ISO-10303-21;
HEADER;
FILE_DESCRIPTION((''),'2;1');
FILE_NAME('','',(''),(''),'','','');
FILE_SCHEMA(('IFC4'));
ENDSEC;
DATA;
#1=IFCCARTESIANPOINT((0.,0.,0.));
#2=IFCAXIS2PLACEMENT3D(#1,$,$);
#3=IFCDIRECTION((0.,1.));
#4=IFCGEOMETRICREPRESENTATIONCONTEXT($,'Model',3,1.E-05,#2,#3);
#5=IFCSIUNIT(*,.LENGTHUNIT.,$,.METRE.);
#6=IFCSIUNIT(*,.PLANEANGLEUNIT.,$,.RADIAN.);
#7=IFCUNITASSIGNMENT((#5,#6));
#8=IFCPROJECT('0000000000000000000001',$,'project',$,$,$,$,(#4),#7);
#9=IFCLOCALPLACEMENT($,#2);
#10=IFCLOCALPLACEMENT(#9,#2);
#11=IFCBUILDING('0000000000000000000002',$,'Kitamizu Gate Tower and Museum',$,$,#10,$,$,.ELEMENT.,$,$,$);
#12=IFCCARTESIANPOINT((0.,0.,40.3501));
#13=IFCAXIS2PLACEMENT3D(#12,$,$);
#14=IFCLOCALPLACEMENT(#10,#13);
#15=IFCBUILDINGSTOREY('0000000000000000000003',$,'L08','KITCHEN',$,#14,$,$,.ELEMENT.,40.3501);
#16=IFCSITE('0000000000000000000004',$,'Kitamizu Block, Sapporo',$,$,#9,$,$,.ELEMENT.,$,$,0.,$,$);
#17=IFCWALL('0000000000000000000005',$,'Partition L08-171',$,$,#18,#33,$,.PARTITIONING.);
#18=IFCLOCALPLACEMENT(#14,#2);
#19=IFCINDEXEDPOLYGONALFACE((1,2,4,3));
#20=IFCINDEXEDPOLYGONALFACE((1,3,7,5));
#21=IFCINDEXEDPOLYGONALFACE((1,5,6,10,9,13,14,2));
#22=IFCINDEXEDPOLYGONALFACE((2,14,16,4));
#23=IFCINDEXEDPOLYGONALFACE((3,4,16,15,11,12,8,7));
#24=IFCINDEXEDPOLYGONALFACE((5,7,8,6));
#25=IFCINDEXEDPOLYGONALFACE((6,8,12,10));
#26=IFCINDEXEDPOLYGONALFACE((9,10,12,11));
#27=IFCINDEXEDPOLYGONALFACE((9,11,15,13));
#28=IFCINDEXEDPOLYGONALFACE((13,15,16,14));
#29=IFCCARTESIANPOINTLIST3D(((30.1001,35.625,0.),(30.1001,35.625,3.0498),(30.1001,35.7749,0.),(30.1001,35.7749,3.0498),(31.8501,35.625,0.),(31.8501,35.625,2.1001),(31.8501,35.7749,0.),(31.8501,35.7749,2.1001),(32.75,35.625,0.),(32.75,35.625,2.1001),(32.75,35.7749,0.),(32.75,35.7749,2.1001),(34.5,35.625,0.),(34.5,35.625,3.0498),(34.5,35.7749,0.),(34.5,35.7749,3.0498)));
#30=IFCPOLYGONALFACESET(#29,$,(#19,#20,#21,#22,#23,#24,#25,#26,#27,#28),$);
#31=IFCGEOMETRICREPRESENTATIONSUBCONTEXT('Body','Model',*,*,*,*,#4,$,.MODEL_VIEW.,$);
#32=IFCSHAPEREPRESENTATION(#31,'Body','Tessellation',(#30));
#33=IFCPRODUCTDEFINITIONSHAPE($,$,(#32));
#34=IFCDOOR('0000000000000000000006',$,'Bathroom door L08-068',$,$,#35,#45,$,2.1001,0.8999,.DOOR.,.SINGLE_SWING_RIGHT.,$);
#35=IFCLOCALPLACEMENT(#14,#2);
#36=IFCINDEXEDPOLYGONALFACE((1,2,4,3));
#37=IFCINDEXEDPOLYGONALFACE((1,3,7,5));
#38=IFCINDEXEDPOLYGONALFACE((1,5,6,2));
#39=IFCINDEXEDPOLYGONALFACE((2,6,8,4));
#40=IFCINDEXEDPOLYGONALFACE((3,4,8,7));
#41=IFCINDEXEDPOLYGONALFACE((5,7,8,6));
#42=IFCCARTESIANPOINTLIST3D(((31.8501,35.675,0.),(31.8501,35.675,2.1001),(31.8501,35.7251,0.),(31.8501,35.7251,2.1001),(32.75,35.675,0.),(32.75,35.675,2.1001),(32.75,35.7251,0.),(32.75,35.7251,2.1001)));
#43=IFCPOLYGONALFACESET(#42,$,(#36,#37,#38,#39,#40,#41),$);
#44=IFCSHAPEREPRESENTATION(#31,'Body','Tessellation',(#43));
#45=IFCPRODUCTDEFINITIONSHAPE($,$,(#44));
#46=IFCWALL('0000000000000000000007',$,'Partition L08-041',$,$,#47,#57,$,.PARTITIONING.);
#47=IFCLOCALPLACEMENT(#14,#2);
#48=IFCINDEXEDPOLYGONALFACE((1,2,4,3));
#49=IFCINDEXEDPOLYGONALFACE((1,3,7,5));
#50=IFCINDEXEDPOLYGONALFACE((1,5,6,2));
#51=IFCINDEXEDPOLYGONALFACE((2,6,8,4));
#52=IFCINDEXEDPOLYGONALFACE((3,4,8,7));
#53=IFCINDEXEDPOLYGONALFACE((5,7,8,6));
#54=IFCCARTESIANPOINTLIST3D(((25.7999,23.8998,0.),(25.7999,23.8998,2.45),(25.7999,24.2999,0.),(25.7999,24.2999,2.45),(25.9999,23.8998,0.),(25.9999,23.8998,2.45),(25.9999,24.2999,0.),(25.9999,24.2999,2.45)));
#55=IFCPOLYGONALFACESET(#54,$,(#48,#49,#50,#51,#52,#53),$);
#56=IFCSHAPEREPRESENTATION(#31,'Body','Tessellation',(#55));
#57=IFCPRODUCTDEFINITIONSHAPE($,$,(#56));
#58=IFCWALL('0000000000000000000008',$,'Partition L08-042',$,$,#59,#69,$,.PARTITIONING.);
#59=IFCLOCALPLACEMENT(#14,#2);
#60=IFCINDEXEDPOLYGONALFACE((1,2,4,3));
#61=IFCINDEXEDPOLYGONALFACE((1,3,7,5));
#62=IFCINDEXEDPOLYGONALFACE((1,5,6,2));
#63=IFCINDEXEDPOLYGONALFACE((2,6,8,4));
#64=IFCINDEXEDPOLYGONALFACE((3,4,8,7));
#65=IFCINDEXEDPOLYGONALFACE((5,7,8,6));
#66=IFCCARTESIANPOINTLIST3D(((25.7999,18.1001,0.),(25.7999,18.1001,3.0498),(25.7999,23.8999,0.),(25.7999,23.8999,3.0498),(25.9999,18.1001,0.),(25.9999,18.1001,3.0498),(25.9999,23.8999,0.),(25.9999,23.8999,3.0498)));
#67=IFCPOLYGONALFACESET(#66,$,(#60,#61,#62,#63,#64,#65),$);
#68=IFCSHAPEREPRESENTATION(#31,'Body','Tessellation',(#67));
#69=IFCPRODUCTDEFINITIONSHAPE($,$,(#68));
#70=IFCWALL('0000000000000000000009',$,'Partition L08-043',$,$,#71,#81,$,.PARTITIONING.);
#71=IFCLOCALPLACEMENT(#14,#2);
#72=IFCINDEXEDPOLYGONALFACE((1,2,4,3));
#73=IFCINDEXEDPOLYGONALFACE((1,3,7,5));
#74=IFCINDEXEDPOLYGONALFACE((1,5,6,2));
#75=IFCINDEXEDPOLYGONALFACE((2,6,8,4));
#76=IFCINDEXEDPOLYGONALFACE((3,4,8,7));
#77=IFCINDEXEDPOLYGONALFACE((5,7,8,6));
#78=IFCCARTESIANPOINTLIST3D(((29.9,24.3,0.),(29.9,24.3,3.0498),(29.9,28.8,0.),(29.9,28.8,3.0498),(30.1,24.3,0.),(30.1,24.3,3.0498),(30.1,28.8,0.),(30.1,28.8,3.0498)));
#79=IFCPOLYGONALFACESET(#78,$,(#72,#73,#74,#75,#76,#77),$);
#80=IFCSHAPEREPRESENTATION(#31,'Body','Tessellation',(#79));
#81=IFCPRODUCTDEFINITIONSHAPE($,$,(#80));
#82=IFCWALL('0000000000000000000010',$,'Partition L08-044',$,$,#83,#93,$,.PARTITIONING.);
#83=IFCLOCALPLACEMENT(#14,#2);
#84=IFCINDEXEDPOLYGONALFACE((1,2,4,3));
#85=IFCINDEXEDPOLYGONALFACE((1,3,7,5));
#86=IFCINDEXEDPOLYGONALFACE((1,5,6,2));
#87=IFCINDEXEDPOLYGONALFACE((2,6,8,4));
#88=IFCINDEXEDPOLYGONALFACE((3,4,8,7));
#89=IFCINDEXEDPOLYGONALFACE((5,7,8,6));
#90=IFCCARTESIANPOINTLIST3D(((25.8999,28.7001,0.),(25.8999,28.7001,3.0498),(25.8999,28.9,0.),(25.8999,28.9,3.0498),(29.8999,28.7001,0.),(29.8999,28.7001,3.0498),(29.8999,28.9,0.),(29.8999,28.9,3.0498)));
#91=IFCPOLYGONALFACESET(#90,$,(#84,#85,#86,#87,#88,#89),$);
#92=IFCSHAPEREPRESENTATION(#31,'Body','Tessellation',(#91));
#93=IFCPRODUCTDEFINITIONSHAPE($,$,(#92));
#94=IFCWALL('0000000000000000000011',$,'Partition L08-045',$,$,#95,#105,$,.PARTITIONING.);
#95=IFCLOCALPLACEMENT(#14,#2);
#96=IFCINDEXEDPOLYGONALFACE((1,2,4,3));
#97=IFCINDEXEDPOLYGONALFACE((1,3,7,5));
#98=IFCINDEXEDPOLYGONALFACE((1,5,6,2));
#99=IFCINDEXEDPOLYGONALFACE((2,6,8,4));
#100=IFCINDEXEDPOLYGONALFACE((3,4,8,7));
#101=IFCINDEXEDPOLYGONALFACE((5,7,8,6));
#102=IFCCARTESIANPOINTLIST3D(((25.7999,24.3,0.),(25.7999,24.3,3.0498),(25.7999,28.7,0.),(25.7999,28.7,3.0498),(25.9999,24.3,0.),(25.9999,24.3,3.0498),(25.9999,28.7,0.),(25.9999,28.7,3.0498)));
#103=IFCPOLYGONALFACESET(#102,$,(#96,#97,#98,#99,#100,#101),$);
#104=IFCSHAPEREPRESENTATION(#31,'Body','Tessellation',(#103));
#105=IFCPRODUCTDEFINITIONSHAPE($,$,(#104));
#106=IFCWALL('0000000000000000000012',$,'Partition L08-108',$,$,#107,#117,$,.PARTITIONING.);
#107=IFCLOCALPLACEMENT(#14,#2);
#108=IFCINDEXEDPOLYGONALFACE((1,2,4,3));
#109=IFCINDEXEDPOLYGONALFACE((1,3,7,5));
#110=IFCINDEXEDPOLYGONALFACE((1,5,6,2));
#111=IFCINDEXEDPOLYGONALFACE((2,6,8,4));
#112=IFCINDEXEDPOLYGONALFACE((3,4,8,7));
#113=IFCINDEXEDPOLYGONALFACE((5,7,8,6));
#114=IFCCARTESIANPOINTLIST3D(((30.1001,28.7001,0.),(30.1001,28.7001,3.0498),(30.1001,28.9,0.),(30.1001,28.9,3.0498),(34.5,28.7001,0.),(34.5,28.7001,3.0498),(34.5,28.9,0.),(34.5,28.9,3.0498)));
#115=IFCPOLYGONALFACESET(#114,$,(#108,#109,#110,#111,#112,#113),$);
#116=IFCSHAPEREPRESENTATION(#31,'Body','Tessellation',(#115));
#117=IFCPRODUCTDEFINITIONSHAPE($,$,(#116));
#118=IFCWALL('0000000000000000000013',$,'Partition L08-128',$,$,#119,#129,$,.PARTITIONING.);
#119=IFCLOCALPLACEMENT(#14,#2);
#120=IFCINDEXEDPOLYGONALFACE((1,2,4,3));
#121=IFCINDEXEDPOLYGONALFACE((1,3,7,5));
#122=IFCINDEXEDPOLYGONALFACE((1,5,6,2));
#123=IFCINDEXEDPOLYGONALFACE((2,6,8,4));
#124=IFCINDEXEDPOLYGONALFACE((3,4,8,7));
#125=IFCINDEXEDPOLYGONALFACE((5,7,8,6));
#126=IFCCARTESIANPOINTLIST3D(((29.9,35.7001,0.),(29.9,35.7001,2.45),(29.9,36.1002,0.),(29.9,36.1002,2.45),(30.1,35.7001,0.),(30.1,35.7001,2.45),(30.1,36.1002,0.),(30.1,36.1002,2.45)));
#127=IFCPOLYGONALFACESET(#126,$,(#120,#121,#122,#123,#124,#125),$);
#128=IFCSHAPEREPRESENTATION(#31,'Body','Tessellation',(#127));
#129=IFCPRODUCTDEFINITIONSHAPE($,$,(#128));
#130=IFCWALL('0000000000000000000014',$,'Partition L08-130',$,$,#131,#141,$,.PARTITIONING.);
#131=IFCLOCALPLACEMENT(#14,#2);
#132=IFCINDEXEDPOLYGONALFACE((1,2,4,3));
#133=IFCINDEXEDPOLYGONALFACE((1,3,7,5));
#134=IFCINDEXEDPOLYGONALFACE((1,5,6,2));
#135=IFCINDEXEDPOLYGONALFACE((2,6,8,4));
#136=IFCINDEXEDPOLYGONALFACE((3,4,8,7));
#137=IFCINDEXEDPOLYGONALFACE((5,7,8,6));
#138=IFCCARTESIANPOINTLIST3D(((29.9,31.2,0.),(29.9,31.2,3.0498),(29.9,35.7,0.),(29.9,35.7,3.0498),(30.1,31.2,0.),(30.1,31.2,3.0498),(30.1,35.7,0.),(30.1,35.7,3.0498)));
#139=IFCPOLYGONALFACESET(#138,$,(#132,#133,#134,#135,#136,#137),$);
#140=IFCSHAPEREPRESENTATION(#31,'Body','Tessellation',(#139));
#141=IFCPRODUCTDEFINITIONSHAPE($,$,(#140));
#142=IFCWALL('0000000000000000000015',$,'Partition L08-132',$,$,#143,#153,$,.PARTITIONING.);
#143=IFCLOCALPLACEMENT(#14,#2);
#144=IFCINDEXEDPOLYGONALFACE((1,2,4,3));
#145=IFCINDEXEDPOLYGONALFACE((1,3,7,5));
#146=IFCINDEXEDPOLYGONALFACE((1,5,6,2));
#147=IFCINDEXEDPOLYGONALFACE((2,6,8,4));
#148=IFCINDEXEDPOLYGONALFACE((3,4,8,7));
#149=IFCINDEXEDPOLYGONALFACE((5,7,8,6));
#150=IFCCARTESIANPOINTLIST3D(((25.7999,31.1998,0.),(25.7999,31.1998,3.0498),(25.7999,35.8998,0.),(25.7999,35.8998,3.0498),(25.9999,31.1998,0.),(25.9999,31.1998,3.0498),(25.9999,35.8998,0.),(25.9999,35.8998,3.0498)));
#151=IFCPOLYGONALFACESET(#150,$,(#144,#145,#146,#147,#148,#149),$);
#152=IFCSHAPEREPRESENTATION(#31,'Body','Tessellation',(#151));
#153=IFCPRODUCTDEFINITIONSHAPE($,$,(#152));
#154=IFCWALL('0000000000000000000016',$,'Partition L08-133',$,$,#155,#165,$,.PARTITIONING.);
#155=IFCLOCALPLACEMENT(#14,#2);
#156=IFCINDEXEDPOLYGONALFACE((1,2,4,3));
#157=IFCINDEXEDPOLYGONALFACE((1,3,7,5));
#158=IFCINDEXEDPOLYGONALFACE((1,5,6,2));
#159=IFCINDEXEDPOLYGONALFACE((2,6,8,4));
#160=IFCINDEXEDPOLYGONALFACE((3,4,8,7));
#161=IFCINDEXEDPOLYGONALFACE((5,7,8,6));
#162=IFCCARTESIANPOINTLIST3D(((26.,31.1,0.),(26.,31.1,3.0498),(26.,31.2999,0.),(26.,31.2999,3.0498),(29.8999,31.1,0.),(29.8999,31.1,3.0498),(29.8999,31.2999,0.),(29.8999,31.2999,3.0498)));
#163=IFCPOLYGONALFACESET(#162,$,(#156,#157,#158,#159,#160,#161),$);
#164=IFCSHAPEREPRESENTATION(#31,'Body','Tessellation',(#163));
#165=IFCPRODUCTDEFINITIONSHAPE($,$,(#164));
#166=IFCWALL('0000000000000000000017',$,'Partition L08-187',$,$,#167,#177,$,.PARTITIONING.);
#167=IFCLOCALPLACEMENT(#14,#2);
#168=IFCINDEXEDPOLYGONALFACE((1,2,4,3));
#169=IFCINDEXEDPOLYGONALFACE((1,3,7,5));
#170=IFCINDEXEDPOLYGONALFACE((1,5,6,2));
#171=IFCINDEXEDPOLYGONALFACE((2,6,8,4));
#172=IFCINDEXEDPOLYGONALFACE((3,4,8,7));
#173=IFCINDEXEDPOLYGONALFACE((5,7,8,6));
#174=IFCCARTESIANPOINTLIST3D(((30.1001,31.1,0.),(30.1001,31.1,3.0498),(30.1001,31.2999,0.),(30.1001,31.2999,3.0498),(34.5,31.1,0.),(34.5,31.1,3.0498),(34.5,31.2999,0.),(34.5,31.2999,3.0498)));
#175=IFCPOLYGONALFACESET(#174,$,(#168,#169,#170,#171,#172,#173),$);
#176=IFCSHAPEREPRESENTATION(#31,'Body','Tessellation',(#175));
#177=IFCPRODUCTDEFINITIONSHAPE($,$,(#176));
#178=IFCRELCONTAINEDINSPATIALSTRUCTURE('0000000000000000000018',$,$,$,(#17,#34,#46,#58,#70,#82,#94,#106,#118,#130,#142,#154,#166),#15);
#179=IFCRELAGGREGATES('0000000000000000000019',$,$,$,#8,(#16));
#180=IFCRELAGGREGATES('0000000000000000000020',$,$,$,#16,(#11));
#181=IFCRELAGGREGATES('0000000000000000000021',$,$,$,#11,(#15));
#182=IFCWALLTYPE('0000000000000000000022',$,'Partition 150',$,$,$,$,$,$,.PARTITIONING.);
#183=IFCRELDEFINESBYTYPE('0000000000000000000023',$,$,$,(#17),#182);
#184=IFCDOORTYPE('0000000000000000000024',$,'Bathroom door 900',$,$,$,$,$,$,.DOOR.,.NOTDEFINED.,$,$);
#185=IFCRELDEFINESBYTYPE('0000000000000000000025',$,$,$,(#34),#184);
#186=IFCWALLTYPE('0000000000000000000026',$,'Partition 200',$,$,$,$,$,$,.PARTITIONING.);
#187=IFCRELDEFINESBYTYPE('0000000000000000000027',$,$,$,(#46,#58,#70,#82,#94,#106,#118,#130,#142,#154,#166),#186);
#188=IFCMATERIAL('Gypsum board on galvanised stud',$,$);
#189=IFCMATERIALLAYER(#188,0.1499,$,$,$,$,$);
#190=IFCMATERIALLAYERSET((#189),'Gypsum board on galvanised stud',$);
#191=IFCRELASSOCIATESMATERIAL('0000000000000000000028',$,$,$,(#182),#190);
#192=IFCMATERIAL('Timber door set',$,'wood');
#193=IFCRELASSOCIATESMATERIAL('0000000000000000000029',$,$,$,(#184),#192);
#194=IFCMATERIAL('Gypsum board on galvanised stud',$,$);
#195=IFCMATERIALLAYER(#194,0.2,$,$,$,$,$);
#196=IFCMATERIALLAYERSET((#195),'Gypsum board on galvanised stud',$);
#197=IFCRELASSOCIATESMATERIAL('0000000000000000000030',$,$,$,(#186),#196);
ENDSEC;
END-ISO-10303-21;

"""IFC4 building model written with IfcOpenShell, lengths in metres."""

from ifc_helpers import new_model, si_unit, direction, frame, frame_2d, origin, place, context, subcontext, project, spatial, rectangle, extrude, material, layer, layer_set, type_object, element, fill, save


model = new_model("IFC4")

# Units and contexts
model_context = context("Model", 3, precision=1e-05, world=origin(), true_north=direction((0.0, 1.0)))
body_context = subcontext(model_context, "Body", "Model", "MODEL_VIEW")
ifc_project = project(units=[si_unit("LENGTHUNIT", "METRE"), si_unit("PLANEANGLEUNIT", "RADIAN")], contexts=[model_context])

# Site, building, storey
site_placement = place(None, origin())
site = spatial("IfcSite", under=ifc_project, at=site_placement, Name="Kitamizu Block, Sapporo", CompositionType="ELEMENT", RefElevation=0.0)
building_placement = place(site_placement, origin())
building = spatial("IfcBuilding", under=site, at=building_placement, Name="Kitamizu Gate Tower and Museum", CompositionType="ELEMENT")
storey_placement = place(building_placement, frame((0.0, 0.0, 40.3501)))
storey = spatial("IfcBuildingStorey", under=building, at=storey_placement, Name="L08", Description="KITCHEN", CompositionType="ELEMENT", Elevation=40.3501)

# Shared definitions
ifc_material_1 = material(Name="Gypsum board on galvanised stud")
ifc_layer_1 = layer(ifc_material_1, 0.1499)
ifc_layer_set_1 = layer_set([ifc_layer_1], Name="Gypsum board on galvanised stud")
wall_type_1 = type_object("IfcWallType", Name="Partition 150", PredefinedType="PARTITIONING", material=ifc_layer_set_1)
ifc_material_2 = material(Name="Timber door set", Category="wood")
door_type_1 = type_object("IfcDoorType", Name="Bathroom door 900", OperationType="NOTDEFINED", PredefinedType="DOOR", material=ifc_material_2)

# Wall, opening, door
wall_1_placement = place(storey_placement, frame((30.1001, 35.7, 0.0), z_axis=(0.0, 0.0, 1.0), x_axis=(1.0, 0.0, 0.0)))
wall_1 = element("IfcWall", 1, at=wall_1_placement, inside=storey, type_object=wall_type_1, Name="Partition L08-171", PredefinedType="PARTITIONING", context=body_context, shape_type="SweptSolid", body=[
    extrude(rectangle(XDim=4.3999, YDim=0.1499, at=frame_2d((2.2, 0.0))), origin(), (0.0, 0.0, 1.0), 3.0498),
])
opening_1_placement = place(wall_1_placement, frame((1.75, 0.0, 0.0)))
opening_1 = element("IfcOpeningElement", 2, at=opening_1_placement, cuts=wall_1, PredefinedType="OPENING", context=body_context, shape_type="SweptSolid", body=[
    extrude(rectangle(XDim=0.8999, YDim=2.1001, at=frame_2d((0.45, 1.05))), frame((0.0, 0.085, 0.0), z_axis=(0.0, -1.0, 0.0), x_axis=(1.0, 0.0, 0.0)), (0.0, 0.0, 1.0), 0.1699),
])
door_1_placement = place(opening_1_placement, frame((0.8999, 0.0, 0.0), x_axis=(-1.0, 0.0, 0.0)))
door_1 = element("IfcDoor", 3, at=door_1_placement, inside=storey, type_object=door_type_1, Name="Bathroom door L08-068", OperationType="SINGLE_SWING_RIGHT", OverallHeight=2.1001, OverallWidth=0.8999, PredefinedType="DOOR", context=body_context, shape_type="SweptSolid", body=[
    extrude(rectangle(XDim=0.8999, YDim=2.1001, at=frame_2d((0.45, 1.05))), frame((0.0, 0.0249, 0.0), z_axis=(0.0, -1.0, 0.0), x_axis=(1.0, 0.0, 0.0)), (0.0, 0.0, 1.0), 0.05),
])
fill(opening_1, door_1)

# Walls
ifc_material_3 = material(Name="Gypsum board on galvanised stud")
ifc_layer_2 = layer(ifc_material_3, 0.2)
ifc_layer_set_2 = layer_set([ifc_layer_2], Name="Gypsum board on galvanised stud")
wall_type_2 = type_object("IfcWallType", Name="Partition 200", PredefinedType="PARTITIONING", material=ifc_layer_set_2)
wall_2_placement = place(storey_placement, frame((25.8999, 24.3, 0.0), z_axis=(0.0, 0.0, 1.0), x_axis=(0.0, -1.0, 0.0)))
element("IfcWall", 4, at=wall_2_placement, inside=storey, type_object=wall_type_2, Name="Partition L08-041", PredefinedType="PARTITIONING", context=body_context, shape_type="SweptSolid", body=[
    extrude(rectangle(XDim=0.4001, YDim=0.2, at=frame_2d((0.2002, 0.0))), origin(), (0.0, 0.0, 1.0), 2.45),
])
wall_3_placement = place(storey_placement, frame((25.8999, 23.8999, 0.0), z_axis=(0.0, 0.0, 1.0), x_axis=(0.0, -1.0, 0.0)))
element("IfcWall", 5, at=wall_3_placement, inside=storey, type_object=wall_type_2, Name="Partition L08-042", PredefinedType="PARTITIONING", context=body_context, shape_type="SweptSolid", body=[
    extrude(rectangle(XDim=5.7998, YDim=0.2, at=frame_2d((2.8999, 0.0))), origin(), (0.0, 0.0, 1.0), 3.0498),
])
wall_4_placement = place(storey_placement, frame((30.0, 24.3, 0.0), z_axis=(0.0, 0.0, 1.0), x_axis=(0.0, 1.0, 0.0)))
element("IfcWall", 6, at=wall_4_placement, inside=storey, type_object=wall_type_2, Name="Partition L08-043", PredefinedType="PARTITIONING", context=body_context, shape_type="SweptSolid", body=[
    extrude(rectangle(XDim=4.5, YDim=0.2, at=frame_2d((2.25, 0.0))), origin(), (0.0, 0.0, 1.0), 3.0498),
])
wall_5_placement = place(storey_placement, frame((29.8999, 28.8, 0.0), z_axis=(0.0, 0.0, 1.0), x_axis=(-1.0, 0.0, 0.0)))
element("IfcWall", 7, at=wall_5_placement, inside=storey, type_object=wall_type_2, Name="Partition L08-044", PredefinedType="PARTITIONING", context=body_context, shape_type="SweptSolid", body=[
    extrude(rectangle(XDim=4.0, YDim=0.2, at=frame_2d((2.0, 0.0))), origin(), (0.0, 0.0, 1.0), 3.0498),
])
for number, where, z_axis, x_axis, name in (
    (8, (25.8999, 28.7, 0.0), (0.0, 0.0, 1.0), (0.0, -1.0, 0.0), "Partition L08-045"),
    (9, (34.5, 28.8, 0.0), (0.0, 0.0, 1.0), (-1.0, 0.0, 0.0), "Partition L08-108"),
):
    element("IfcWall", number, at=place(storey_placement, frame(where, z_axis=z_axis, x_axis=x_axis)), inside=storey, type_object=wall_type_2, Name=name, PredefinedType="PARTITIONING", context=body_context, shape_type="SweptSolid", body=[
        extrude(rectangle(XDim=4.3999, YDim=0.2, at=frame_2d((2.2, 0.0))), origin(), (0.0, 0.0, 1.0), 3.0498),
    ])
wall_6_placement = place(storey_placement, frame((30.0, 35.7, 0.0), z_axis=(0.0, 0.0, 1.0), x_axis=(0.0, 1.0, 0.0)))
element("IfcWall", 10, at=wall_6_placement, inside=storey, type_object=wall_type_2, Name="Partition L08-128", PredefinedType="PARTITIONING", context=body_context, shape_type="SweptSolid", body=[
    extrude(rectangle(XDim=0.4001, YDim=0.2, at=frame_2d((0.2002, 0.0))), origin(), (0.0, 0.0, 1.0), 2.45),
])
wall_7_placement = place(storey_placement, frame((30.0, 31.2, 0.0), z_axis=(0.0, 0.0, 1.0), x_axis=(0.0, 1.0, 0.0)))
element("IfcWall", 11, at=wall_7_placement, inside=storey, type_object=wall_type_2, Name="Partition L08-130", PredefinedType="PARTITIONING", context=body_context, shape_type="SweptSolid", body=[
    extrude(rectangle(XDim=4.5, YDim=0.2, at=frame_2d((2.25, 0.0))), origin(), (0.0, 0.0, 1.0), 3.0498),
])
wall_8_placement = place(storey_placement, frame((25.8999, 35.8999, 0.0), z_axis=(0.0, 0.0, 1.0), x_axis=(0.0, -1.0, 0.0)))
element("IfcWall", 12, at=wall_8_placement, inside=storey, type_object=wall_type_2, Name="Partition L08-132", PredefinedType="PARTITIONING", context=body_context, shape_type="SweptSolid", body=[
    extrude(rectangle(XDim=4.7, YDim=0.2, at=frame_2d((2.3501, 0.0))), origin(), (0.0, 0.0, 1.0), 3.0498),
])
wall_9_placement = place(storey_placement, frame((26.0, 31.2, 0.0), z_axis=(0.0, 0.0, 1.0), x_axis=(1.0, 0.0, 0.0)))
element("IfcWall", 13, at=wall_9_placement, inside=storey, type_object=wall_type_2, Name="Partition L08-133", PredefinedType="PARTITIONING", context=body_context, shape_type="SweptSolid", body=[
    extrude(rectangle(XDim=3.8999, YDim=0.2, at=frame_2d((1.95, 0.0))), origin(), (0.0, 0.0, 1.0), 3.0498),
])
wall_10_placement = place(storey_placement, frame((30.1001, 31.2, 0.0), z_axis=(0.0, 0.0, 1.0), x_axis=(1.0, 0.0, 0.0)))
element("IfcWall", 14, at=wall_10_placement, inside=storey, type_object=wall_type_2, Name="Partition L08-187", PredefinedType="PARTITIONING", context=body_context, shape_type="SweptSolid", body=[
    extrude(rectangle(XDim=4.3999, YDim=0.2, at=frame_2d((2.2, 0.0))), origin(), (0.0, 0.0, 1.0), 3.0498),
])

save(model, "model.ifc")
